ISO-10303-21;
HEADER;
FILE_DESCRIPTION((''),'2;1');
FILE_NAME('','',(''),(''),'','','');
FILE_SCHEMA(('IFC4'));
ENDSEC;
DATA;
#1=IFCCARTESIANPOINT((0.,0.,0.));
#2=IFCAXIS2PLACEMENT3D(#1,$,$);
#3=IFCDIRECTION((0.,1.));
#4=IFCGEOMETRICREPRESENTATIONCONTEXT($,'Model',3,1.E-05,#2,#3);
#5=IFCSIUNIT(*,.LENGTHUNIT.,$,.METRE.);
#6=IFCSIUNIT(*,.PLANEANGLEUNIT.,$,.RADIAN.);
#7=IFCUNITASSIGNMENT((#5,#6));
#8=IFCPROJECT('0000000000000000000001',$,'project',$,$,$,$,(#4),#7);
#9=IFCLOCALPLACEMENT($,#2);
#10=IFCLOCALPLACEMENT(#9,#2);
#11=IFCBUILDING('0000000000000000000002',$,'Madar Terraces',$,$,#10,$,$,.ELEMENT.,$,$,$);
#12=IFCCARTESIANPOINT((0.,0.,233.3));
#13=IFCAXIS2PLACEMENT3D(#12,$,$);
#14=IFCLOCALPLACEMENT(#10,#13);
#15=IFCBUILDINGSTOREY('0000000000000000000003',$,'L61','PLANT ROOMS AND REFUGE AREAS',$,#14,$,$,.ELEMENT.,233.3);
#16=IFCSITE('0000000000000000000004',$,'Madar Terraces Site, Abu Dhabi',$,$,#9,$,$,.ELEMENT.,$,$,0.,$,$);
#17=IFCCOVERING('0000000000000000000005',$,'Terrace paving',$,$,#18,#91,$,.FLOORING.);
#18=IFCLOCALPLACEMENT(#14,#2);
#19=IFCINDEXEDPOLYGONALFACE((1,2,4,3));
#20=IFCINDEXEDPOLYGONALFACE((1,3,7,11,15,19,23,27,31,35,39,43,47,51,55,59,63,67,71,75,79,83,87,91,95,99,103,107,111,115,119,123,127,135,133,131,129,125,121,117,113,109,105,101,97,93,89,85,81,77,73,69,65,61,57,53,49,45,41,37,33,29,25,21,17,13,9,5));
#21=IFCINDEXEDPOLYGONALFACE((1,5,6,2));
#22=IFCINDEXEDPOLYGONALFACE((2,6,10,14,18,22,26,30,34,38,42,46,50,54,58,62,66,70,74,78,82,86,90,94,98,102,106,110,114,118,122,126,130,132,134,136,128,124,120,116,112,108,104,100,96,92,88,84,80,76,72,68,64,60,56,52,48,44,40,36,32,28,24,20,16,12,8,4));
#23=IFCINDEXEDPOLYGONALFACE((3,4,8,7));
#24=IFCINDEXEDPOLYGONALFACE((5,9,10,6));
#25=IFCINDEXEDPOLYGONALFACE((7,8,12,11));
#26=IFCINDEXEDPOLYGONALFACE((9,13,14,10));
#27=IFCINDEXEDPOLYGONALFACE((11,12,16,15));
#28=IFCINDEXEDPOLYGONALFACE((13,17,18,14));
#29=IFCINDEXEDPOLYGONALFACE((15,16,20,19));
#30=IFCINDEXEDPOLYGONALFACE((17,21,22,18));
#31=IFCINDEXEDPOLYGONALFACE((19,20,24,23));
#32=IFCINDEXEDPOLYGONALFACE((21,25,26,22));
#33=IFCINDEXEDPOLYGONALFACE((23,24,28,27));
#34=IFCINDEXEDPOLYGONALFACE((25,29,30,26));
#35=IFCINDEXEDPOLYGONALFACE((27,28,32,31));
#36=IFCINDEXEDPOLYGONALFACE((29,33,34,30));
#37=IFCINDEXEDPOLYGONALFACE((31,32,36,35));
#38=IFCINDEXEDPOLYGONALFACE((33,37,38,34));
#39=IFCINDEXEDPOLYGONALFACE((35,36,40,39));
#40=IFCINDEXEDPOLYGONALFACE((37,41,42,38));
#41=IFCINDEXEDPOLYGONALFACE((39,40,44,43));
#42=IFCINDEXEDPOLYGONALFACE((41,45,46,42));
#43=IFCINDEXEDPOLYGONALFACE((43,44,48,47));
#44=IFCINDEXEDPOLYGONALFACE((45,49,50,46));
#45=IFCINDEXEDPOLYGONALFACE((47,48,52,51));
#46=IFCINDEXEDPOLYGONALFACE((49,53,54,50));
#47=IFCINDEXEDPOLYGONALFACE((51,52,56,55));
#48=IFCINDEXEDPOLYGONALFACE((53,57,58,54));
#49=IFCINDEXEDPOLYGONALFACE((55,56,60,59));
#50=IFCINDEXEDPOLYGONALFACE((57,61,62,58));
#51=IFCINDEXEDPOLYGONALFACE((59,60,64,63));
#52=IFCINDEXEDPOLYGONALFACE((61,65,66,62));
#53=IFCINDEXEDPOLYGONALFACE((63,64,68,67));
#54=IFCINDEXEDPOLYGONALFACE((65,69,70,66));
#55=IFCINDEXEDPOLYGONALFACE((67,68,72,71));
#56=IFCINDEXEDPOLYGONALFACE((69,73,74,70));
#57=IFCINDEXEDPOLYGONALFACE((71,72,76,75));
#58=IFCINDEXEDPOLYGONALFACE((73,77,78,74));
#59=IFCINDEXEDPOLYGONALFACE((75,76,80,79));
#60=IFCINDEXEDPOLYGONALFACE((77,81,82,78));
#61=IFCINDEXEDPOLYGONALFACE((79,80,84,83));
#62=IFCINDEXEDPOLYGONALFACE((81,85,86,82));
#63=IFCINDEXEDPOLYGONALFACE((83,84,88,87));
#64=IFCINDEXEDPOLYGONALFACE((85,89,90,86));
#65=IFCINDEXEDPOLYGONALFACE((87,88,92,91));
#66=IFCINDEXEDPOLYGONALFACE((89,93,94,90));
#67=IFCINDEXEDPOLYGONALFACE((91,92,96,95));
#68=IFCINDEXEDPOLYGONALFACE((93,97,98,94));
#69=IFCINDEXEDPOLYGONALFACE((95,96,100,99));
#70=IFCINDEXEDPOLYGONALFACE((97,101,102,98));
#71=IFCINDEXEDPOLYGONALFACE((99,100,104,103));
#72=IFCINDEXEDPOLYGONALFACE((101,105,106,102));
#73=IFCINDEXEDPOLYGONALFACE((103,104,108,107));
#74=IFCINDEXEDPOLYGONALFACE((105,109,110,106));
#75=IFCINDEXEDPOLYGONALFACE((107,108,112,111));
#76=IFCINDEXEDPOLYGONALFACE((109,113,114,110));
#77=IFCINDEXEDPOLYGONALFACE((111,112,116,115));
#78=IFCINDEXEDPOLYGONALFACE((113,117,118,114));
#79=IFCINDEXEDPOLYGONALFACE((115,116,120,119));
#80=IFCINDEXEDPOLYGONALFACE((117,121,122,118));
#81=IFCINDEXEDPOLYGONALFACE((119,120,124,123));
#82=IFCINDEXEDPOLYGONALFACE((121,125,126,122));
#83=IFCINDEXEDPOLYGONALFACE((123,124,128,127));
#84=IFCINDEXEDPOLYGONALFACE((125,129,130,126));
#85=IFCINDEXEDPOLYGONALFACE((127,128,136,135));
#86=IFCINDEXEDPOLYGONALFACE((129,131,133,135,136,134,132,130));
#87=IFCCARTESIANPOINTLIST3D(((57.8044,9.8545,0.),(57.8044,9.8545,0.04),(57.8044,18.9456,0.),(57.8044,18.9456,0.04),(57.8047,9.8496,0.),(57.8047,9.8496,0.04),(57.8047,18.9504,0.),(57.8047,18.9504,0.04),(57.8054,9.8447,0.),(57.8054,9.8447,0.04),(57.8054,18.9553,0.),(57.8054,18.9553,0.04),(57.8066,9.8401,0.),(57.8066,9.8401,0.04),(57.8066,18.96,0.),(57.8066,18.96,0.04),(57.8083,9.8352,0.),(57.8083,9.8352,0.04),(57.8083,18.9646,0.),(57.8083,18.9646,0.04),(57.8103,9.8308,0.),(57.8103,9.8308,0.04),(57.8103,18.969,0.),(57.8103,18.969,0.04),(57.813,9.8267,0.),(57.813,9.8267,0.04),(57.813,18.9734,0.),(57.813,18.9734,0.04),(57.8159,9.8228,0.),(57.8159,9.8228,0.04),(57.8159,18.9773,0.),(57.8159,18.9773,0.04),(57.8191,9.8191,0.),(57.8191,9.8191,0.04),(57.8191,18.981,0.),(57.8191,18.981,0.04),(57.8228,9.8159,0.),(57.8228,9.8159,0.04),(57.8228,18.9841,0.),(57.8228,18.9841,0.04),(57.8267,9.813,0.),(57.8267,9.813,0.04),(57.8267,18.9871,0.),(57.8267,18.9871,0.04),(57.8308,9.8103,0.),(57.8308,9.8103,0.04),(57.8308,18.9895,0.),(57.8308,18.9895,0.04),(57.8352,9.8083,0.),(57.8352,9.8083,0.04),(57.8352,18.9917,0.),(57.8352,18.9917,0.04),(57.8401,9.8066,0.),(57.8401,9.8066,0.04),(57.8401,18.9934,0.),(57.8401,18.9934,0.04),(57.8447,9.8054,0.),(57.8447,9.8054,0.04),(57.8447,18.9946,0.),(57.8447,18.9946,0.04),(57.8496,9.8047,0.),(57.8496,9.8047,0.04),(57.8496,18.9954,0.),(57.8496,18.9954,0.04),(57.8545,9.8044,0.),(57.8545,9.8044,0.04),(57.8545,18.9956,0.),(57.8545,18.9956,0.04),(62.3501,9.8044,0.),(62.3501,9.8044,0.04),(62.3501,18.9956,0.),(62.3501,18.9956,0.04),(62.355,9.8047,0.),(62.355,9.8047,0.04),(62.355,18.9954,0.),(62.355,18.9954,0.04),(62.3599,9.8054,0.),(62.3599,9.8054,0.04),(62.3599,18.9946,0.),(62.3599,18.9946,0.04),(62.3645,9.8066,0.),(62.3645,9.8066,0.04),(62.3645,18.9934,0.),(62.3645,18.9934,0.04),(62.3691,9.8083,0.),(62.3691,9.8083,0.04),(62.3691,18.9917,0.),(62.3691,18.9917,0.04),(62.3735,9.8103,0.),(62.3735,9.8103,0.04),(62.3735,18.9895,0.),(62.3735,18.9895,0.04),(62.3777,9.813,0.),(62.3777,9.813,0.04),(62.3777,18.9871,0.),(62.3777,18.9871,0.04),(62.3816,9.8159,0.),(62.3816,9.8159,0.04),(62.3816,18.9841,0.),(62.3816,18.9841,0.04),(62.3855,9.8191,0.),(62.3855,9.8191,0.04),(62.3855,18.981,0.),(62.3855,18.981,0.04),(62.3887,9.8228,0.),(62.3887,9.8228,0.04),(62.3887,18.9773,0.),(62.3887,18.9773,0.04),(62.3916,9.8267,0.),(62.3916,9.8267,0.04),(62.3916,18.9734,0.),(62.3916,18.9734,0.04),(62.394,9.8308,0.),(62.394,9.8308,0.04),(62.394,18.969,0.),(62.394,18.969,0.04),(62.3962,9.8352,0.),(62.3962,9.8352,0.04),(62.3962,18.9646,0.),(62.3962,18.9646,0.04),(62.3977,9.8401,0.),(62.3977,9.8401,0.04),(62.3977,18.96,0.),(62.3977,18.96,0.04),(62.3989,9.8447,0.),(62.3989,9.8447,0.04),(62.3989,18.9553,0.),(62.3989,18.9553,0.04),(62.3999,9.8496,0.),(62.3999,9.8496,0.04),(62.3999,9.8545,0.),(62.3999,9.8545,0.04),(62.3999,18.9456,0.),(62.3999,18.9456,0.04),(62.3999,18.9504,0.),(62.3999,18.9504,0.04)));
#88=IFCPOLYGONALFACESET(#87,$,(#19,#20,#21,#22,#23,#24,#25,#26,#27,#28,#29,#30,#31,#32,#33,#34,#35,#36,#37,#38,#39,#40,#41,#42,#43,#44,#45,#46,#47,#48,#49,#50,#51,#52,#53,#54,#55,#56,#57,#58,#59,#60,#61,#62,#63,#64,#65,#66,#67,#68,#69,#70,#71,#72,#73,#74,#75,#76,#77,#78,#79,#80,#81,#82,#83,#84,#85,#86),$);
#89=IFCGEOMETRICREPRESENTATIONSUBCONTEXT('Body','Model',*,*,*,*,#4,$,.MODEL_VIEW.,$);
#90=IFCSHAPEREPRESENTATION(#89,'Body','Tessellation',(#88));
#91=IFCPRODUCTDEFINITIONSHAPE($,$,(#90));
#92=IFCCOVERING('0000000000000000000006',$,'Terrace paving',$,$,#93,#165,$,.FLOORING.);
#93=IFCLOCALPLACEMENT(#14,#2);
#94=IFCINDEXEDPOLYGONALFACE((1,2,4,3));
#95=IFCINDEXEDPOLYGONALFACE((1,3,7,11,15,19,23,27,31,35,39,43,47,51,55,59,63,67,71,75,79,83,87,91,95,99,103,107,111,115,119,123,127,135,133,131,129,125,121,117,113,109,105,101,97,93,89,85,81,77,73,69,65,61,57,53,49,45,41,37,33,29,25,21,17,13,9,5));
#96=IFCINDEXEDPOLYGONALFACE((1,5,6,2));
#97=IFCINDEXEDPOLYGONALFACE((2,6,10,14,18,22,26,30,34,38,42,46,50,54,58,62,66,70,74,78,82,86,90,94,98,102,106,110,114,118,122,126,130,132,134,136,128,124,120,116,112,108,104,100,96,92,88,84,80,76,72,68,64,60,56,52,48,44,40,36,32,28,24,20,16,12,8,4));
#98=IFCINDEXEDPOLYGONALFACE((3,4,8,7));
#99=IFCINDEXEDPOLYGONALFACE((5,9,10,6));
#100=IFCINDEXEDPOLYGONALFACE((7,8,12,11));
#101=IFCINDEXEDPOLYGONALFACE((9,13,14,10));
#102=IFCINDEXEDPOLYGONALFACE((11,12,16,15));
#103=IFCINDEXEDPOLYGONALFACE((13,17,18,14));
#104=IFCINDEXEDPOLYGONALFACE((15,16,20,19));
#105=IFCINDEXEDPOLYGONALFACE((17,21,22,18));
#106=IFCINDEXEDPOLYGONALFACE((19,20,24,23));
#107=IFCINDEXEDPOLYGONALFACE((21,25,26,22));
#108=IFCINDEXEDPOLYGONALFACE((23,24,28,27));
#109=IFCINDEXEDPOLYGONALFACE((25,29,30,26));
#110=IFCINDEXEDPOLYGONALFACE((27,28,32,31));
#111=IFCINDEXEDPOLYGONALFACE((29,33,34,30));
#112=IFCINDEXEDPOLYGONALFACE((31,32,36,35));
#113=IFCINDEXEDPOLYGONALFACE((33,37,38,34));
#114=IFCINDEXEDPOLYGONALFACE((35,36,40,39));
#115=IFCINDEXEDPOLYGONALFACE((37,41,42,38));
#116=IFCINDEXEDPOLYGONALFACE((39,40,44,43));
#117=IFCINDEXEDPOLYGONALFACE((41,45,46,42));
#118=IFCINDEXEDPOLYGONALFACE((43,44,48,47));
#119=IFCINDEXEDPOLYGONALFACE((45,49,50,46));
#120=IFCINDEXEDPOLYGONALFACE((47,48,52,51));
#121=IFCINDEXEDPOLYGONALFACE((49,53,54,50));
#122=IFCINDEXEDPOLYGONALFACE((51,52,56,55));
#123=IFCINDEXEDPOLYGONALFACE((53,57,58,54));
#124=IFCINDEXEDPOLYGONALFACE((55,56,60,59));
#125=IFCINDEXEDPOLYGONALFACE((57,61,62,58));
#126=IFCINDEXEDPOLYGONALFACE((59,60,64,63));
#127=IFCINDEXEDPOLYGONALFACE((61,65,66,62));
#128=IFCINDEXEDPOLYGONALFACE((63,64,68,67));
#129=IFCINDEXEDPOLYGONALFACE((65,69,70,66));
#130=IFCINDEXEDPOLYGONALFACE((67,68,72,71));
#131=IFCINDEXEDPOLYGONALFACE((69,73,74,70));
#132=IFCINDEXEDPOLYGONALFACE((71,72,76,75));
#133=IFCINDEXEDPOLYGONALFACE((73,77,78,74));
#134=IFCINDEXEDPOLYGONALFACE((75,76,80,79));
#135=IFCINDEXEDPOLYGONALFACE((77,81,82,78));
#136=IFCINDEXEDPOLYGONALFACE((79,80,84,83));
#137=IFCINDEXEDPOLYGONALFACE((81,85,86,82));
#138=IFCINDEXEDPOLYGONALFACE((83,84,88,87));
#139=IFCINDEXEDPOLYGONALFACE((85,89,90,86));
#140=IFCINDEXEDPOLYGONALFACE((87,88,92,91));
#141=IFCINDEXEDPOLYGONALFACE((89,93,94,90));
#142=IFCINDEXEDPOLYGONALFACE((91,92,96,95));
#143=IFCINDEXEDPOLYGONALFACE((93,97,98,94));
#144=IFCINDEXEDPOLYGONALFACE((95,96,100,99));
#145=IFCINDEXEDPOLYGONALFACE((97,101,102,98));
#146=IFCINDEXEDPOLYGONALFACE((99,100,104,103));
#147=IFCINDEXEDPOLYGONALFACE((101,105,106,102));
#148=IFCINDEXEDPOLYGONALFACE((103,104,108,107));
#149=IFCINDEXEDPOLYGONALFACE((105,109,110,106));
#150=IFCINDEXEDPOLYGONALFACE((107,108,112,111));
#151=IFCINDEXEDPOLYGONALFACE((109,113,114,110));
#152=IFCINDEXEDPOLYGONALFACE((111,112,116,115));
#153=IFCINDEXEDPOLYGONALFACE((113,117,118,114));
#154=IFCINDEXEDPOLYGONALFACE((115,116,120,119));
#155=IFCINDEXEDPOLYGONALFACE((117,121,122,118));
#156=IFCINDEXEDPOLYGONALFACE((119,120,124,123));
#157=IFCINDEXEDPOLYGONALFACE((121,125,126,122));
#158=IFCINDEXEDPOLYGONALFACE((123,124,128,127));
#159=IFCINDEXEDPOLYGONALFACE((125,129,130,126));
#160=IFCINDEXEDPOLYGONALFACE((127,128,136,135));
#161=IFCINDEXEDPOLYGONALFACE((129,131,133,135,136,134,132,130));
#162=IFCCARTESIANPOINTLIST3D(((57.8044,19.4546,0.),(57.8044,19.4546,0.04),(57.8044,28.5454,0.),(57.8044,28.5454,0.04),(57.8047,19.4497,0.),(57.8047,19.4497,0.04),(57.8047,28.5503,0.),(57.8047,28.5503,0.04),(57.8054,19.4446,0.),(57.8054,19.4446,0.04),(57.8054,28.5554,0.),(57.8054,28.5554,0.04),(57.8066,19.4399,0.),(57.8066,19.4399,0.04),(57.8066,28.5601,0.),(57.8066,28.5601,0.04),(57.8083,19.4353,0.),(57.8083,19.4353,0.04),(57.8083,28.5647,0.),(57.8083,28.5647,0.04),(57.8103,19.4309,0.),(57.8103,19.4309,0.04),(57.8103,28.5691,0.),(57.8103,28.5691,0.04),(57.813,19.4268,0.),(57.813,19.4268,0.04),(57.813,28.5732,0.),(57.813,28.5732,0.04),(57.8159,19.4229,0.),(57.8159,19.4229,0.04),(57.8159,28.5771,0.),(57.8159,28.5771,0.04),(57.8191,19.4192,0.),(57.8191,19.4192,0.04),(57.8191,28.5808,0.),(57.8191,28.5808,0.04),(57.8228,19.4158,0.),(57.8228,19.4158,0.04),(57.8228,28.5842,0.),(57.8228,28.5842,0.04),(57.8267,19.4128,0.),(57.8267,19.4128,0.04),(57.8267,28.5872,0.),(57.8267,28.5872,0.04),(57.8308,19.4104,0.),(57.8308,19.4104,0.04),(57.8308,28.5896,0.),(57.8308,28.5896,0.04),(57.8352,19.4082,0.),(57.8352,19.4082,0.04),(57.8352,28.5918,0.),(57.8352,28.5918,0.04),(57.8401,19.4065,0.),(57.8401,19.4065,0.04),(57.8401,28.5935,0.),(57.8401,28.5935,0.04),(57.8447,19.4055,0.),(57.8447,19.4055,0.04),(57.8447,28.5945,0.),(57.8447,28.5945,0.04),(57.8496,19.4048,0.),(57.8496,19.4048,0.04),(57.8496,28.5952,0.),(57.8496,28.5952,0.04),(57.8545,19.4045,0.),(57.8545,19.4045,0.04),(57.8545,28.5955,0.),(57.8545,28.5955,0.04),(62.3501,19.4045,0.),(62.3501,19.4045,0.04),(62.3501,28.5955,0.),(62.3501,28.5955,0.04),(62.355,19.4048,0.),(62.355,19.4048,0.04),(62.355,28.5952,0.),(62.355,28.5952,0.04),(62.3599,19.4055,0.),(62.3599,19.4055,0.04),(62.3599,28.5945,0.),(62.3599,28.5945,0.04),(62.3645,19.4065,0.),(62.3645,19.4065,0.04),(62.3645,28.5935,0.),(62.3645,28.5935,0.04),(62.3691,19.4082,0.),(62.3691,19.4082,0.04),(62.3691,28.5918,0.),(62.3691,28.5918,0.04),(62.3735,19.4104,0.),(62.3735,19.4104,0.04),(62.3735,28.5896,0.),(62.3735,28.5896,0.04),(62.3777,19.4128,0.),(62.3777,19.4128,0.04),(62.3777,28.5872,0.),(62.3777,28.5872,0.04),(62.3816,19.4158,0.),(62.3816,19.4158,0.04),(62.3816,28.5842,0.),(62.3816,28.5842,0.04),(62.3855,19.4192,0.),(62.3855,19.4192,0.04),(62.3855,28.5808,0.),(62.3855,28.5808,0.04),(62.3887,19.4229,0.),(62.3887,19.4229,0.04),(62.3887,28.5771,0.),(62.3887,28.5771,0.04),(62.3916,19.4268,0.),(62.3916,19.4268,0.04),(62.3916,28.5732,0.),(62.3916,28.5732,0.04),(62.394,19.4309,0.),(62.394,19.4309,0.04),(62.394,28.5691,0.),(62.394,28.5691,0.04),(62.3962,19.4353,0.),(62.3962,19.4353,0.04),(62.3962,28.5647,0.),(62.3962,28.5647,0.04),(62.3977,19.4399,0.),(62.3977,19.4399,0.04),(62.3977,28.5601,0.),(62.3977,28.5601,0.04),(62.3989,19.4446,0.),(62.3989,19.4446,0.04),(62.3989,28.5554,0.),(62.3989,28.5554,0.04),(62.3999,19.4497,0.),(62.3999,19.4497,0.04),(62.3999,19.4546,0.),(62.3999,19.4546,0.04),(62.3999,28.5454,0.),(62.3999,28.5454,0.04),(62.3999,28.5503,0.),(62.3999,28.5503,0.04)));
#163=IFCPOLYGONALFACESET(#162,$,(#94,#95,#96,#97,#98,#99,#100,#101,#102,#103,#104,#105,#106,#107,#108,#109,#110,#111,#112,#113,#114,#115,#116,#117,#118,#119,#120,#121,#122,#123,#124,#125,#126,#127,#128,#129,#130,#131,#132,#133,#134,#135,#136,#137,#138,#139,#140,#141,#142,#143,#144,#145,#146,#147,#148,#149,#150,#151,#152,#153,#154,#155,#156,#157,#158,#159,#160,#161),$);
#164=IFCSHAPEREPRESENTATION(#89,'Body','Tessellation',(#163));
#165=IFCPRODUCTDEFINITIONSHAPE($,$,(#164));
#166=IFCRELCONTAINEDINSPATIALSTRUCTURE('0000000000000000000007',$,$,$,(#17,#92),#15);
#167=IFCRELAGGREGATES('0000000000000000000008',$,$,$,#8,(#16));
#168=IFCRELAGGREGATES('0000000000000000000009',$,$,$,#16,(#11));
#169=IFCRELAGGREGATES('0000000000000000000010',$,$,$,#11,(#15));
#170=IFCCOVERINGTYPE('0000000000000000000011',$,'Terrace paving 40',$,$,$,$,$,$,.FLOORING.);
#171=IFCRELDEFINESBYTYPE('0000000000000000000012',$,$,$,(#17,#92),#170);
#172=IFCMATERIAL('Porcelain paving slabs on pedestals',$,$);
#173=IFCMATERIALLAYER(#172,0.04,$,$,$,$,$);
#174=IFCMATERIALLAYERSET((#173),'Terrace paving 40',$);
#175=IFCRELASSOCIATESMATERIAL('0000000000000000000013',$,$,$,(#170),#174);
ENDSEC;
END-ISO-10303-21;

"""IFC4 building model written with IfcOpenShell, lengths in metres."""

from ifc_helpers import new_model, si_unit, direction, frame, origin, place, context, subcontext, project, spatial, polyline, outline, extrude, material, layer, layer_set, type_object, element, save


model = new_model("IFC4")

# Units and contexts
model_context = context("Model", 3, precision=1e-05, world=origin(), true_north=direction((0.0, 1.0)))
body_context = subcontext(model_context, "Body", "Model", "MODEL_VIEW")
ifc_project = project(units=[si_unit("LENGTHUNIT", "METRE"), si_unit("PLANEANGLEUNIT", "RADIAN")], contexts=[model_context])

# Site, building, storey
site_placement = place(None, origin())
site = spatial("IfcSite", under=ifc_project, at=site_placement, Name="Madar Terraces Site, Abu Dhabi", CompositionType="ELEMENT", RefElevation=0.0)
building_placement = place(site_placement, origin())
building = spatial("IfcBuilding", under=site, at=building_placement, Name="Madar Terraces", CompositionType="ELEMENT")
storey_placement = place(building_placement, frame((0.0, 0.0, 233.3)))
storey = spatial("IfcBuildingStorey", under=building, at=storey_placement, Name="L61", Description="PLANT ROOMS AND REFUGE AREAS", CompositionType="ELEMENT", Elevation=233.3)

# Coverings
ifc_material_1 = material(Name="Porcelain paving slabs on pedestals")
ifc_layer_1 = layer(ifc_material_1, 0.04)
ifc_layer_set_1 = layer_set([ifc_layer_1], Name="Terrace paving 40")
covering_type = type_object("IfcCoveringType", Name="Terrace paving 40", PredefinedType="FLOORING", material=ifc_layer_set_1)
covering_1_placement = place(storey_placement, origin())
element("IfcCovering", 1, at=covering_1_placement, inside=storey, type_object=covering_type, Name="Terrace paving", PredefinedType="FLOORING", context=body_context, shape_type="SweptSolid", body=[
    extrude(outline(polyline([(62.3977, 9.8401), (62.3962, 9.8352), (62.394, 9.8308), (62.3916, 9.8267), (62.3887, 9.8228), (62.3855, 9.8191), (62.3816, 9.8159), (62.3777, 9.813), (62.3735, 9.8103), (62.3691, 9.8083), (62.3645, 9.8066), (62.3599, 9.8054), (62.355, 9.8047), (62.3501, 9.8044), (57.8545, 9.8044), (57.8496, 9.8047), (57.8447, 9.8054), (57.8401, 9.8066), (57.8352, 9.8083), (57.8308, 9.8103), (57.8267, 9.813), (57.8228, 9.8159), (57.8191, 9.8191), (57.8159, 9.8228), (57.813, 9.8267), (57.8103, 9.8308), (57.8083, 9.8352), (57.8066, 9.8401), (57.8054, 9.8447), (57.8047, 9.8496), (57.8044, 9.8545), (57.8044, 18.9456), (57.8047, 18.9504), (57.8054, 18.9553), (57.8066, 18.96), (57.8083, 18.9646), (57.8103, 18.969), (57.813, 18.9734), (57.8159, 18.9773), (57.8191, 18.981), (57.8228, 18.9841), (57.8267, 18.9871), (57.8308, 18.9895), (57.8352, 18.9917), (57.8401, 18.9934), (57.8447, 18.9946), (57.8496, 18.9954), (57.8545, 18.9956), (62.3501, 18.9956), (62.355, 18.9954), (62.3599, 18.9946), (62.3645, 18.9934), (62.3691, 18.9917), (62.3735, 18.9895), (62.3777, 18.9871), (62.3816, 18.9841), (62.3855, 18.981), (62.3887, 18.9773), (62.3916, 18.9734), (62.394, 18.969), (62.3962, 18.9646), (62.3977, 18.96), (62.3989, 18.9553), (62.3999, 18.9504), (62.3999, 18.9456), (62.3999, 9.8545), (62.3999, 9.8496), (62.3989, 9.8447), (62.3977, 9.8401)])), origin(), (0.0, 0.0, 1.0), 0.04),
])
covering_2_placement = place(storey_placement, origin())
element("IfcCovering", 2, at=covering_2_placement, inside=storey, type_object=covering_type, Name="Terrace paving", PredefinedType="FLOORING", context=body_context, shape_type="SweptSolid", body=[
    extrude(outline(polyline([(62.3977, 19.4399), (62.3962, 19.4353), (62.394, 19.4309), (62.3916, 19.4268), (62.3887, 19.4229), (62.3855, 19.4192), (62.3816, 19.4158), (62.3777, 19.4128), (62.3735, 19.4104), (62.3691, 19.4082), (62.3645, 19.4065), (62.3599, 19.4055), (62.355, 19.4048), (62.3501, 19.4045), (57.8545, 19.4045), (57.8496, 19.4048), (57.8447, 19.4055), (57.8401, 19.4065), (57.8352, 19.4082), (57.8308, 19.4104), (57.8267, 19.4128), (57.8228, 19.4158), (57.8191, 19.4192), (57.8159, 19.4229), (57.813, 19.4268), (57.8103, 19.4309), (57.8083, 19.4353), (57.8066, 19.4399), (57.8054, 19.4446), (57.8047, 19.4497), (57.8044, 19.4546), (57.8044, 28.5454), (57.8047, 28.5503), (57.8054, 28.5554), (57.8066, 28.5601), (57.8083, 28.5647), (57.8103, 28.5691), (57.813, 28.5732), (57.8159, 28.5771), (57.8191, 28.5808), (57.8228, 28.5842), (57.8267, 28.5872), (57.8308, 28.5896), (57.8352, 28.5918), (57.8401, 28.5935), (57.8447, 28.5945), (57.8496, 28.5952), (57.8545, 28.5955), (62.3501, 28.5955), (62.355, 28.5952), (62.3599, 28.5945), (62.3645, 28.5935), (62.3691, 28.5918), (62.3735, 28.5896), (62.3777, 28.5872), (62.3816, 28.5842), (62.3855, 28.5808), (62.3887, 28.5771), (62.3916, 28.5732), (62.394, 28.5691), (62.3962, 28.5647), (62.3977, 28.5601), (62.3989, 28.5554), (62.3999, 28.5503), (62.3999, 28.5454), (62.3999, 19.4546), (62.3999, 19.4497), (62.3989, 19.4446), (62.3977, 19.4399)])), origin(), (0.0, 0.0, 1.0), 0.04),
])

save(model, "model.ifc")
